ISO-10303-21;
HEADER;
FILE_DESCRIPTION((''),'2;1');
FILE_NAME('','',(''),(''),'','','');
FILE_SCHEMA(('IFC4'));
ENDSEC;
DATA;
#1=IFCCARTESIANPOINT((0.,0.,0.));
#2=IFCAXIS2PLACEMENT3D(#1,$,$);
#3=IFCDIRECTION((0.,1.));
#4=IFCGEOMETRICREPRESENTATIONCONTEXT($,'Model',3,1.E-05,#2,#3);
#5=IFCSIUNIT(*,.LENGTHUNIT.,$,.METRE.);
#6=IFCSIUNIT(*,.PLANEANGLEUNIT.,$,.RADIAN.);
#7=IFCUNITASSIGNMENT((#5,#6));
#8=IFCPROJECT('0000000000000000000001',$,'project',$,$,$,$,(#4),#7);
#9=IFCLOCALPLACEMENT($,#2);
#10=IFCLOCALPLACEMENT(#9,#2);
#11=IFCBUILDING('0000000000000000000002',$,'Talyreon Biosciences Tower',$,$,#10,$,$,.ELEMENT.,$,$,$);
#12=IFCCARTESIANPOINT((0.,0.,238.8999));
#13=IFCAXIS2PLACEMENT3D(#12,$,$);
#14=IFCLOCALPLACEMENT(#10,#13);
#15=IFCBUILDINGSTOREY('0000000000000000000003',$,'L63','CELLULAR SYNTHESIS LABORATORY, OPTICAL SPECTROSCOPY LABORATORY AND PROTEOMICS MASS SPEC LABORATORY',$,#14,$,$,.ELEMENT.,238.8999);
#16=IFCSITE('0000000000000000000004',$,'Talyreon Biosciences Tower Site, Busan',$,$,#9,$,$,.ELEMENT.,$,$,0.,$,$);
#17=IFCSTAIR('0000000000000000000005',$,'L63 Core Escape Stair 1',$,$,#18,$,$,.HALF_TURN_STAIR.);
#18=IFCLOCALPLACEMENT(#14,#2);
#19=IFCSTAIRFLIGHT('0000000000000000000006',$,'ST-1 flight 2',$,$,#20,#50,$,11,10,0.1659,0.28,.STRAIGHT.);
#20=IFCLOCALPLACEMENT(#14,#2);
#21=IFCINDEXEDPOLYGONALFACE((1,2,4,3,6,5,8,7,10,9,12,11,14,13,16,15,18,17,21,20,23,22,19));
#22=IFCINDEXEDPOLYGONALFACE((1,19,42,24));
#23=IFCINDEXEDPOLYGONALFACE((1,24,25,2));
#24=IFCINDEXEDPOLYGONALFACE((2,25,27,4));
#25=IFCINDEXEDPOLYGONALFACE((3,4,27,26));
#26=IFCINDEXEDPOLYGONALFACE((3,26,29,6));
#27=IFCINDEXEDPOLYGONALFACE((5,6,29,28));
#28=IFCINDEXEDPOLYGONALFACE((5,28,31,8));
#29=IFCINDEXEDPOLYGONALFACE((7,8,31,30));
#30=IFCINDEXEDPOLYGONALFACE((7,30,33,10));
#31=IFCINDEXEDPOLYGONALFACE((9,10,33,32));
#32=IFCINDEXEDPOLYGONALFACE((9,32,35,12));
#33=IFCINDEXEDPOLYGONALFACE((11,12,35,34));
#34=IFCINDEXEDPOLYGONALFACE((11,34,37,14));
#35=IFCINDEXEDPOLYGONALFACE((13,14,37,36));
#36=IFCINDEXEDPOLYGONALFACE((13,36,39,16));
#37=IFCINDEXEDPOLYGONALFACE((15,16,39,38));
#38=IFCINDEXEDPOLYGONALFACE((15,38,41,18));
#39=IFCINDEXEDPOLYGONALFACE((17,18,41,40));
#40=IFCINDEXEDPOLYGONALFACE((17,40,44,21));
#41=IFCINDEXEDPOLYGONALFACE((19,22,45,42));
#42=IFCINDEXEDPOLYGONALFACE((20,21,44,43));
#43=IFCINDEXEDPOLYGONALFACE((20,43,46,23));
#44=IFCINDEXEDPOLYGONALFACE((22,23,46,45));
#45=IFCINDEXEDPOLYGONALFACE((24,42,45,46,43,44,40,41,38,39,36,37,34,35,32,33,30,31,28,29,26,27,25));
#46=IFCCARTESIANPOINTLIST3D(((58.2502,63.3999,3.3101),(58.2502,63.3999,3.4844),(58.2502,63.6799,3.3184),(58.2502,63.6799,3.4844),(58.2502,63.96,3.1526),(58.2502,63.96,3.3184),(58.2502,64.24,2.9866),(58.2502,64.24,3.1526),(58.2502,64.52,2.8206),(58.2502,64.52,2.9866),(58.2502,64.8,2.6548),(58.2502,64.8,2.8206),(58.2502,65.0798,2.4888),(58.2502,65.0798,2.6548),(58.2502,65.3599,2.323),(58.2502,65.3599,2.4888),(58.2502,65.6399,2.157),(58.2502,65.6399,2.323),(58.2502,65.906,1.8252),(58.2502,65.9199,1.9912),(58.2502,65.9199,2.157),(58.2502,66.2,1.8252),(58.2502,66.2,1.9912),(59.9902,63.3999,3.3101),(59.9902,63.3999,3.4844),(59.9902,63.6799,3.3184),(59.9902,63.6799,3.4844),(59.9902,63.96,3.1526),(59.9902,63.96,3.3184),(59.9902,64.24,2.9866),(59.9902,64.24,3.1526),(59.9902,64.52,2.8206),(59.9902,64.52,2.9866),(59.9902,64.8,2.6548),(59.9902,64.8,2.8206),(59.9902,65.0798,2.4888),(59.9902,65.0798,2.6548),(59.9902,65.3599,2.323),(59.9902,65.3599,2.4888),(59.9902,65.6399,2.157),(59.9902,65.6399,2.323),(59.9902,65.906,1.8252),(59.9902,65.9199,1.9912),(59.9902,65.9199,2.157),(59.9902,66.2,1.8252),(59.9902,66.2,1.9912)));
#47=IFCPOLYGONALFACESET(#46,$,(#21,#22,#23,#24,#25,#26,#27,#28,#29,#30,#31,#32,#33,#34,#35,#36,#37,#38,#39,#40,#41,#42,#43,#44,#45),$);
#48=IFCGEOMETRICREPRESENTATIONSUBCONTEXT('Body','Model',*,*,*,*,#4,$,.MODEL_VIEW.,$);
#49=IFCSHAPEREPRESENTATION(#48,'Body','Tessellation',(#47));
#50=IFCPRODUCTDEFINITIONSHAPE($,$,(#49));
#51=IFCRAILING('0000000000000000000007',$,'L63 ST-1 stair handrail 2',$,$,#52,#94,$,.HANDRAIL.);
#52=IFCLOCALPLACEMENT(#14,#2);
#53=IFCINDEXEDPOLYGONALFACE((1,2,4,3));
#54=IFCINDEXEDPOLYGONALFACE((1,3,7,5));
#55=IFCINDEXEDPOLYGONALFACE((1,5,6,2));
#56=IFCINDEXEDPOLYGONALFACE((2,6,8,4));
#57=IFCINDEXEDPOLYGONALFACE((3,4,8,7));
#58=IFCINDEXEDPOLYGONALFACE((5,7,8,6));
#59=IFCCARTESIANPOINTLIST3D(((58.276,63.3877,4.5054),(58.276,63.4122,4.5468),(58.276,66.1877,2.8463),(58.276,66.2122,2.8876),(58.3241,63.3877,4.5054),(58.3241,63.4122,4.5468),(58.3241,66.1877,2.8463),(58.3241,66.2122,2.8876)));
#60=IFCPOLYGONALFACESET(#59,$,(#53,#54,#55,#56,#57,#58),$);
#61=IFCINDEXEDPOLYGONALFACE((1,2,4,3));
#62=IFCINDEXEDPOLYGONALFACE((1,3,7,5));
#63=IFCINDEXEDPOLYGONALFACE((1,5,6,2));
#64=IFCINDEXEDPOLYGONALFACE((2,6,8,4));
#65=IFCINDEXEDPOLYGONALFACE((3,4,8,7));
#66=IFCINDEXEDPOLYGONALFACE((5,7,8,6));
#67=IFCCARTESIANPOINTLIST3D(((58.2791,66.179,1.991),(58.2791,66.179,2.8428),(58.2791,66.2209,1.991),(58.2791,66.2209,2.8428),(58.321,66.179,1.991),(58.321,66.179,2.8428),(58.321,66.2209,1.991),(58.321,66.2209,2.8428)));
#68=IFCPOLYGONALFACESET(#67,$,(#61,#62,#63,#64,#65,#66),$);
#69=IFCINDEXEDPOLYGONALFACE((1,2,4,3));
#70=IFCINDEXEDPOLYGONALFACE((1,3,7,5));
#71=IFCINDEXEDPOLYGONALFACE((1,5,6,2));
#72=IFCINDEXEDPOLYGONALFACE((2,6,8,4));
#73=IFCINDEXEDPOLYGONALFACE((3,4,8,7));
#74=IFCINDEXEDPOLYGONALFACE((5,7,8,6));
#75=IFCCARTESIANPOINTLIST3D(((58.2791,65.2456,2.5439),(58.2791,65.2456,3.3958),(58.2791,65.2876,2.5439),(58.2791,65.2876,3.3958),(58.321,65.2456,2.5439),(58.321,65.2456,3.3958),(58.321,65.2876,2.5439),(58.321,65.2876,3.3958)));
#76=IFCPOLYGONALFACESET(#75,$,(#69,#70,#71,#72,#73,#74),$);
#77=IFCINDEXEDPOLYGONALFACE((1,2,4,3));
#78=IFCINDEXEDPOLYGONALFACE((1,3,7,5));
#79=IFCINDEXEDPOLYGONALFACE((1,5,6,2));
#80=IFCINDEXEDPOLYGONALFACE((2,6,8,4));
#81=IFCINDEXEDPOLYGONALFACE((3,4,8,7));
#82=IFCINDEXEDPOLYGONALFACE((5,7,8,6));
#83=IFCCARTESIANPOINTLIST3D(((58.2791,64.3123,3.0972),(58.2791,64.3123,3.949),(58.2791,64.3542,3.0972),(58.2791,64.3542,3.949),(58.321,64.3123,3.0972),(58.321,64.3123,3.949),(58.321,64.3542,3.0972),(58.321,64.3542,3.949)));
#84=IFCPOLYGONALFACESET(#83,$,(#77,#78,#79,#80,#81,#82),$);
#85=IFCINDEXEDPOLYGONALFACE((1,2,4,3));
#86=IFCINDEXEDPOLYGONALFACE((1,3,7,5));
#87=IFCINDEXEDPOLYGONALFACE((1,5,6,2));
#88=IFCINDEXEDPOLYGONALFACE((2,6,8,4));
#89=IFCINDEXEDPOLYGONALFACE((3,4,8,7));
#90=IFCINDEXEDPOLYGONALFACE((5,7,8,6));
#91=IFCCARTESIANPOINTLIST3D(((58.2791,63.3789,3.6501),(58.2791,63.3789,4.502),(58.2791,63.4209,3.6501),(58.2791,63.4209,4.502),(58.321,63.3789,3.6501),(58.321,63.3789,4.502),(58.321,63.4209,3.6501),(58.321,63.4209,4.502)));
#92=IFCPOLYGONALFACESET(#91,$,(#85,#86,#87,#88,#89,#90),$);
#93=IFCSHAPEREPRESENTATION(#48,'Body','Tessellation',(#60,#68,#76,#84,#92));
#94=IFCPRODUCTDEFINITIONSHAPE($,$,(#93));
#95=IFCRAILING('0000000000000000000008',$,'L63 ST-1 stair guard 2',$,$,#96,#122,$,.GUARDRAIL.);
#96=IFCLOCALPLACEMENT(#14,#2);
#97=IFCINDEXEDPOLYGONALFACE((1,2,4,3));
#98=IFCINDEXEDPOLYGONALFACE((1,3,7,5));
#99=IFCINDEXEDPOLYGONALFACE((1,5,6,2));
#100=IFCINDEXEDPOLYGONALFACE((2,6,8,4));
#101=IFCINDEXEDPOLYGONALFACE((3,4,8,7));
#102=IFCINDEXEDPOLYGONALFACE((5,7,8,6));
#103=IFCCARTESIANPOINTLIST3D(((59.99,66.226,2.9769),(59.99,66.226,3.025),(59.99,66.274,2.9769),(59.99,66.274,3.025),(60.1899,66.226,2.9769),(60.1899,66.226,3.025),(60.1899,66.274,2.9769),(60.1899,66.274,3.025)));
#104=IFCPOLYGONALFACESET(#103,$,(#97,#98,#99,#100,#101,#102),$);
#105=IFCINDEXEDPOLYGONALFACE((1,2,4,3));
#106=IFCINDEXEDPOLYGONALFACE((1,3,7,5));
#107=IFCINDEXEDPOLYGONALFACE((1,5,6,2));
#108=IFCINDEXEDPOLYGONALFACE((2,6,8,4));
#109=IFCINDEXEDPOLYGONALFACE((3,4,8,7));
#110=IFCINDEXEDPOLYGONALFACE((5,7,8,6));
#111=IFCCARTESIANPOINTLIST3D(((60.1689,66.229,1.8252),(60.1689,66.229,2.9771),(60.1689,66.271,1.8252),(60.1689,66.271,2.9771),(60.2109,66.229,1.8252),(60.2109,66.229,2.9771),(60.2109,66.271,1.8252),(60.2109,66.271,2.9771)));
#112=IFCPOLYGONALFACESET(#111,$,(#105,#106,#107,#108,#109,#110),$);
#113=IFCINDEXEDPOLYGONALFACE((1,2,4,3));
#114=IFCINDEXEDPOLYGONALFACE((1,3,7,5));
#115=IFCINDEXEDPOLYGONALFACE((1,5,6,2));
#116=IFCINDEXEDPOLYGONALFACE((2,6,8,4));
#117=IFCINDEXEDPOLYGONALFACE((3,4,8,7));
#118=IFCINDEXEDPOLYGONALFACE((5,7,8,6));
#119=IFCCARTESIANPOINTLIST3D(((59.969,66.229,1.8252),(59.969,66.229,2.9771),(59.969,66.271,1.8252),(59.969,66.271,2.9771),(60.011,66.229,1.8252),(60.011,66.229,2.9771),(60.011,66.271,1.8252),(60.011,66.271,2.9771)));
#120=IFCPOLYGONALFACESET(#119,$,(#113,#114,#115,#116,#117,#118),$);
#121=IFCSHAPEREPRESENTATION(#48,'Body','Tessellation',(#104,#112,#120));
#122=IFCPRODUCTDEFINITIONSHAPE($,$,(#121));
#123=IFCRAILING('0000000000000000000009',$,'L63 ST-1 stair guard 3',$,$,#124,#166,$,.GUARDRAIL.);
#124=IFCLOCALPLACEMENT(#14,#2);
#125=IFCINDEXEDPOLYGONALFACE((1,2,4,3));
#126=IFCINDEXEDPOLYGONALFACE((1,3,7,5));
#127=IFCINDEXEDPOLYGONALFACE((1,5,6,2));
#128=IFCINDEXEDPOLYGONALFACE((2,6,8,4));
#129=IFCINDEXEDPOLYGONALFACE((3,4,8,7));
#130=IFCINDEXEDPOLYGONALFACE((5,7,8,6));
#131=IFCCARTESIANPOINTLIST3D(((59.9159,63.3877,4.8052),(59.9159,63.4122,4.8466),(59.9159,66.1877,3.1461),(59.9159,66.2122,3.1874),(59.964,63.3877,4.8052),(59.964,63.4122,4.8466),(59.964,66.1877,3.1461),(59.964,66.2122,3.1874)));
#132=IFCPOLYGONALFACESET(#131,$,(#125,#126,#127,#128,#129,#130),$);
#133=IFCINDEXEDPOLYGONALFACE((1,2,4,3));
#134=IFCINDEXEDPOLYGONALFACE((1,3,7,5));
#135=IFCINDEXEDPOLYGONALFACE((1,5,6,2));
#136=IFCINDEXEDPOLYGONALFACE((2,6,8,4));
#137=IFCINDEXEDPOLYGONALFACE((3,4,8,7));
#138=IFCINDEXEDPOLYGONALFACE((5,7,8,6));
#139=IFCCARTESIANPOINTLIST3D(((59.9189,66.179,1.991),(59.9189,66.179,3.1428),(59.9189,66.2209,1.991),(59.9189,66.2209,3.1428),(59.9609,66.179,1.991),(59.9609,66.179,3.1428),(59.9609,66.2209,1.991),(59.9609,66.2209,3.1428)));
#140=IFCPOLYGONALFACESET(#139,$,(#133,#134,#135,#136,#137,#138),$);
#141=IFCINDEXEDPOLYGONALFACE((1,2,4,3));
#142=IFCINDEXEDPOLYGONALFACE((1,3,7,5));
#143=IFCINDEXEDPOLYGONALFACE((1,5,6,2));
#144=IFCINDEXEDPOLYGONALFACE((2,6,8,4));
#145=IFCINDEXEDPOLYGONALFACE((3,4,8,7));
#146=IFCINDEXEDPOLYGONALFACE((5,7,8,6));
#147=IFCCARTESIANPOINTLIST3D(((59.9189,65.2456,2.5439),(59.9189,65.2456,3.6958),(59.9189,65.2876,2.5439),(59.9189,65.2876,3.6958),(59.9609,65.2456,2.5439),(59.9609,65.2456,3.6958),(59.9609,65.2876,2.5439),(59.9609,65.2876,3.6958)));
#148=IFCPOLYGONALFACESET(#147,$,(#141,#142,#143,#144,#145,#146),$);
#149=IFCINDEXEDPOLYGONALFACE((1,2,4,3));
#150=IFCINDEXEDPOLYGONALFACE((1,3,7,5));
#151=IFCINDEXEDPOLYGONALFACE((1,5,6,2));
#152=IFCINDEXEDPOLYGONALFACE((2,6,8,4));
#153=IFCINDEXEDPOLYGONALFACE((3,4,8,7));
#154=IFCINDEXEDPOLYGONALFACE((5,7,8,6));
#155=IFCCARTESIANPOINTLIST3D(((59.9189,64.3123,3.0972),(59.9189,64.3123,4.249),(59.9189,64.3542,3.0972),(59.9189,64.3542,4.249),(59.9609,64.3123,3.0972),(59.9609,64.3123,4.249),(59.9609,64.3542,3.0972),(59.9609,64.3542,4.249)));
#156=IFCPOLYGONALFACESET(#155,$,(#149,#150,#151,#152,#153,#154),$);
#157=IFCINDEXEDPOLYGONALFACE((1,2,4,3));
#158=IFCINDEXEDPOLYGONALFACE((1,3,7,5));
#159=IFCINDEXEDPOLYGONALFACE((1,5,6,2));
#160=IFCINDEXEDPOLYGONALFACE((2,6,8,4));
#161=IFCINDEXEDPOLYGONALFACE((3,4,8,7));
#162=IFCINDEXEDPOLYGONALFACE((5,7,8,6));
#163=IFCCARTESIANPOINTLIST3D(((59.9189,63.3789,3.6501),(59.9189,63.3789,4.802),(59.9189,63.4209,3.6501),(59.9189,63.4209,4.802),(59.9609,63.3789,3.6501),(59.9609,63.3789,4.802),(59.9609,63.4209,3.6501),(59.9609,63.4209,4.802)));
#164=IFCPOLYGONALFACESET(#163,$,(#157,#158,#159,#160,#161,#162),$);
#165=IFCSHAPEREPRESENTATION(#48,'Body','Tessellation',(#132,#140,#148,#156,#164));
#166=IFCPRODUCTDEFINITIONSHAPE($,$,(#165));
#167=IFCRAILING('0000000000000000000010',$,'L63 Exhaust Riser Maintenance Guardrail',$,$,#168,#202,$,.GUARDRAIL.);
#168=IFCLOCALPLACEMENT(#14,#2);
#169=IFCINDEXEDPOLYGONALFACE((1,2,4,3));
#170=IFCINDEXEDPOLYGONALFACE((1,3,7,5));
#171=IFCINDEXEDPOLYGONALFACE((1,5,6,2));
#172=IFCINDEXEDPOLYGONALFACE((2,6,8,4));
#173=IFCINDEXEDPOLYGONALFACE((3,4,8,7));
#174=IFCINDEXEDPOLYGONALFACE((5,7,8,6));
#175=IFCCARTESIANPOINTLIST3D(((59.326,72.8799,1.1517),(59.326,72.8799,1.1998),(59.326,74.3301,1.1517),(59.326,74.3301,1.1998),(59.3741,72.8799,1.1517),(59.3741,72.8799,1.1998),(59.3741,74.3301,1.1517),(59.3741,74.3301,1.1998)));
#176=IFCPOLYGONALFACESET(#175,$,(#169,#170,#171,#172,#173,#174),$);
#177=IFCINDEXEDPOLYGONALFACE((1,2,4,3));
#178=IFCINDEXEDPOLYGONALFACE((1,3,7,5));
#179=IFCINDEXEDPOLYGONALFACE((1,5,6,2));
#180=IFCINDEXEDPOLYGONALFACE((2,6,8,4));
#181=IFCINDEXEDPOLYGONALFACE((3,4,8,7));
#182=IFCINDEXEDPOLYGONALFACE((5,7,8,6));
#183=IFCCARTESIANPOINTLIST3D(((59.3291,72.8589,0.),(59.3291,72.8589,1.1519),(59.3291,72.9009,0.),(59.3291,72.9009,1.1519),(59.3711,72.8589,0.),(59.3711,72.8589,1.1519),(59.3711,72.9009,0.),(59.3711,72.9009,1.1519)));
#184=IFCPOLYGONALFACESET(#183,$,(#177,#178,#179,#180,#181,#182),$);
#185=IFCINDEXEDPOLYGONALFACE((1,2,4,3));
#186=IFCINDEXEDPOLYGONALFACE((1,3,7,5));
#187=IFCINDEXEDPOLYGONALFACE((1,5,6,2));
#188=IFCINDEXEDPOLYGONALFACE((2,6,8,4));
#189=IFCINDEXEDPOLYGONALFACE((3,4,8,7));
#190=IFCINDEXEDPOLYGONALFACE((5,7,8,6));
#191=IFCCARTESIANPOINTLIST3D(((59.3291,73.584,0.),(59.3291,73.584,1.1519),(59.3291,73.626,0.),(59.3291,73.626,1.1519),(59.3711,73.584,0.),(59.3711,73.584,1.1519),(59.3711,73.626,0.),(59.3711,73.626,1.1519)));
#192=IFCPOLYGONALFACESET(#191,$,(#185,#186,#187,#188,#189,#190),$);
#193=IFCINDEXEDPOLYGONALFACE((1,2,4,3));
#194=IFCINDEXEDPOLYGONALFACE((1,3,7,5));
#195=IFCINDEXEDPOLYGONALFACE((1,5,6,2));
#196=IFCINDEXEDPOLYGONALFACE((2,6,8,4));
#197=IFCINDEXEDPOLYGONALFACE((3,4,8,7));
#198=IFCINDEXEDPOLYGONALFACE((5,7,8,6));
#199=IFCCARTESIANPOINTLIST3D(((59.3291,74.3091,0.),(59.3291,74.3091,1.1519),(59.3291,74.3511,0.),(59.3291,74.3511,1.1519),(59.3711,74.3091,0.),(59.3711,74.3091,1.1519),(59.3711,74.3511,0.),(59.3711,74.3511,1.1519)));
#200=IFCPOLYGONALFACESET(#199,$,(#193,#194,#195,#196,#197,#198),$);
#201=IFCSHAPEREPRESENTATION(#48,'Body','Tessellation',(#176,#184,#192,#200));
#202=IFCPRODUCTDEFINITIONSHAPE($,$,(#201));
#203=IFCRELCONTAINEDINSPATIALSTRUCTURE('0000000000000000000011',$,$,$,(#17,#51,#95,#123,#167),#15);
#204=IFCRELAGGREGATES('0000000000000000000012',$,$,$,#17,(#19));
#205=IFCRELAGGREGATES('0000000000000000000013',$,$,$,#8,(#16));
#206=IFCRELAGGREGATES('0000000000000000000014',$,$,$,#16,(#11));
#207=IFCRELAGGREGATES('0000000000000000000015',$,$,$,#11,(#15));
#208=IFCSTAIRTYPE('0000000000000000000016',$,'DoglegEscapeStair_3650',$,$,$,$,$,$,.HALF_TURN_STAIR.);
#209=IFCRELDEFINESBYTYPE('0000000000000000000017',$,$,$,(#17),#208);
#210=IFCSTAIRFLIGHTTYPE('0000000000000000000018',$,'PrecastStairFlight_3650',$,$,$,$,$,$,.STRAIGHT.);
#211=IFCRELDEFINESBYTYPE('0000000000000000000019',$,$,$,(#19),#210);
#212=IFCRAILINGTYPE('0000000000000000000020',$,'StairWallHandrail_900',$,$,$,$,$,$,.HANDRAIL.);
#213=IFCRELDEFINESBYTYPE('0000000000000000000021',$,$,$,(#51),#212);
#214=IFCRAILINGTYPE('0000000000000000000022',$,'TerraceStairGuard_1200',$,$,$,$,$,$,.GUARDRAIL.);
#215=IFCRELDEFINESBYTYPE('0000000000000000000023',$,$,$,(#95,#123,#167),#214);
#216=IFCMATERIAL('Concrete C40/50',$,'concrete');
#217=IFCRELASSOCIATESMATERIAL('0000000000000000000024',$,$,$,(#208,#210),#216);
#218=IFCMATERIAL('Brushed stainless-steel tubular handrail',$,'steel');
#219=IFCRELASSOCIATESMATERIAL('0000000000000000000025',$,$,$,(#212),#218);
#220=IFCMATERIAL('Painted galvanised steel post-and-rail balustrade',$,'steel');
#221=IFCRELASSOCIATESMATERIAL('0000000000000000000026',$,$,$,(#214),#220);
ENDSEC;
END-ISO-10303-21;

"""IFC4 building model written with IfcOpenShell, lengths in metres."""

from ifc_helpers import new_model, si_unit, direction, frame, origin, origin_2d, place, context, subcontext, project, spatial, polyline, rectangle, outline, extrude, material, type_object, element, aggregate, save


model = new_model("IFC4")

# Units and contexts
model_context = context("Model", 3, precision=1e-05, world=origin(), true_north=direction((0.0, 1.0)))
body_context = subcontext(model_context, "Body", "Model", "MODEL_VIEW")
ifc_project = project(units=[si_unit("LENGTHUNIT", "METRE"), si_unit("PLANEANGLEUNIT", "RADIAN")], contexts=[model_context])

# Site, building, storey
site_placement = place(None, origin())
site = spatial("IfcSite", under=ifc_project, at=site_placement, Name="Talyreon Biosciences Tower Site, Busan", CompositionType="ELEMENT", RefElevation=0.0)
building_placement = place(site_placement, origin())
building = spatial("IfcBuilding", under=site, at=building_placement, Name="Talyreon Biosciences Tower", CompositionType="ELEMENT")
storey_placement = place(building_placement, frame((0.0, 0.0, 238.8999)))
storey = spatial("IfcBuildingStorey", under=building, at=storey_placement, Name="L63", Description="CELLULAR SYNTHESIS LABORATORY, OPTICAL SPECTROSCOPY LABORATORY AND PROTEOMICS MASS SPEC LABORATORY", CompositionType="ELEMENT", Elevation=238.8999)

# Stair, stair flight
ifc_material_1 = material(Name="Concrete C40/50", Category="concrete")
stair_type = type_object("IfcStairType", Name="DoglegEscapeStair_3650", PredefinedType="HALF_TURN_STAIR", material=ifc_material_1)
stair_placement = place(storey_placement, origin())
stair = element("IfcStair", 1, at=stair_placement, inside=storey, type_object=stair_type, Name="L63 Core Escape Stair 1", PredefinedType="HALF_TURN_STAIR")
stair_flight_type = type_object("IfcStairFlightType", Name="PrecastStairFlight_3650", PredefinedType="STRAIGHT", material=ifc_material_1)
stair_flight_placement = place(storey_placement, frame((59.1201, 66.2, 1.8252), z_axis=(0.0, 0.0, 1.0), x_axis=(0.0, -1.0, 0.0)))
stair_flight = element("IfcStairFlight", 2, at=stair_flight_placement, type_object=stair_flight_type, Name="ST-1 flight 2", NumberOfRisers=11, NumberOfTreads=10, PredefinedType="STRAIGHT", RiserHeight=0.1659, TreadLength=0.28, context=body_context, shape_type="SweptSolid", body=[
    extrude(outline(polyline([(0.0, 0.0), (0.0, 0.166), (0.28, 0.166), (0.28, 0.3318), (0.5601, 0.3318), (0.5601, 0.4978), (0.8401, 0.4978), (0.8401, 0.6636), (1.1201, 0.6636), (1.1201, 0.8296), (1.3999, 0.8296), (1.3999, 0.9954), (1.6799, 0.9954), (1.6799, 1.1614), (1.96, 1.1614), (1.96, 1.3274), (2.24, 1.3274), (2.24, 1.4932), (2.52, 1.4932), (2.52, 1.6592), (2.8, 1.6592), (2.8, 1.825), (2.8, 1.4849), (0.2939, 0.0), (0.0, 0.0)])), frame((0.0, 0.8701, 0.0), z_axis=(0.0, -1.0, 0.0), x_axis=(1.0, 0.0, 0.0)), (0.0, 0.0, 1.0), 1.74),
])
aggregate(stair, [stair_flight])

# Railings
ifc_material_2 = material(Name="Brushed stainless-steel tubular handrail", Category="steel")
railing_type_1 = type_object("IfcRailingType", Name="StairWallHandrail_900", PredefinedType="HANDRAIL", material=ifc_material_2)
railing_1_placement = place(storey_placement, frame((58.3, 66.2, 1.991)))
element("IfcRailing", 3, at=railing_1_placement, inside=storey, type_object=railing_type_1, Name="L63 ST-1 stair handrail 2", PredefinedType="HANDRAIL", context=body_context, shape_type="SweptSolid", body=[
    extrude(rectangle(XDim=0.0481, YDim=0.0481, at=origin_2d()), frame((0.0, 0.0, 0.876), z_axis=(0.0, -0.860306, 0.509778), x_axis=(1.0, 0.0, 0.0)), (0.0, 0.0, 1.0), 3.2546),
    extrude(rectangle(XDim=0.042, YDim=0.042, at=origin_2d()), origin(), (0.0, 0.0, 1.0), 0.8518),
    extrude(rectangle(XDim=0.042, YDim=0.042, at=origin_2d()), frame((0.0, -0.9333, 0.553)), (0.0, 0.0, 1.0), 0.8518),
    extrude(rectangle(XDim=0.042, YDim=0.042, at=origin_2d()), frame((0.0, -1.8667, 1.1062)), (0.0, 0.0, 1.0), 0.8518),
    extrude(rectangle(XDim=0.042, YDim=0.042, at=origin_2d()), frame((0.0, -2.8, 1.6592)), (0.0, 0.0, 1.0), 0.8518),
])
ifc_material_3 = material(Name="Painted galvanised steel post-and-rail balustrade", Category="steel")
railing_type_2 = type_object("IfcRailingType", Name="TerraceStairGuard_1200", PredefinedType="GUARDRAIL", material=ifc_material_3)
railing_2_placement = place(storey_placement, frame((60.1899, 66.25, 1.8252)))
element("IfcRailing", 4, at=railing_2_placement, inside=storey, type_object=railing_type_2, Name="L63 ST-1 stair guard 2", PredefinedType="GUARDRAIL", context=body_context, shape_type="SweptSolid", body=[
    extrude(rectangle(XDim=0.0481, YDim=0.0481, at=origin_2d()), frame((0.0, 0.0, 1.1758), z_axis=(-1.0, 0.0, 0.0), x_axis=(0.0, -1.0, 0.0)), (0.0, 0.0, 1.0), 0.2),
    extrude(rectangle(XDim=0.042, YDim=0.042, at=origin_2d()), origin(), (0.0, 0.0, 1.0), 1.1519),
    extrude(rectangle(XDim=0.042, YDim=0.042, at=origin_2d()), frame((-0.2, 0.0, 0.0)), (0.0, 0.0, 1.0), 1.1519),
])
railing_3_placement = place(storey_placement, frame((59.9399, 66.2, 1.991)))
element("IfcRailing", 5, at=railing_3_placement, inside=storey, type_object=railing_type_2, Name="L63 ST-1 stair guard 3", PredefinedType="GUARDRAIL", context=body_context, shape_type="SweptSolid", body=[
    extrude(rectangle(XDim=0.0481, YDim=0.0481, at=origin_2d()), frame((0.0, 0.0, 1.1758), z_axis=(0.0, -0.860306, 0.509778), x_axis=(1.0, 0.0, 0.0)), (0.0, 0.0, 1.0), 3.2546),
    extrude(rectangle(XDim=0.042, YDim=0.042, at=origin_2d()), origin(), (0.0, 0.0, 1.0), 1.1519),
    extrude(rectangle(XDim=0.042, YDim=0.042, at=origin_2d()), frame((0.0, -0.9333, 0.553)), (0.0, 0.0, 1.0), 1.1519),
    extrude(rectangle(XDim=0.042, YDim=0.042, at=origin_2d()), frame((0.0, -1.8667, 1.1062)), (0.0, 0.0, 1.0), 1.1519),
    extrude(rectangle(XDim=0.042, YDim=0.042, at=origin_2d()), frame((0.0, -2.8, 1.6592)), (0.0, 0.0, 1.0), 1.1519),
])
railing_4_placement = place(storey_placement, frame((59.3501, 72.8799, 0.0)))
element("IfcRailing", 6, at=railing_4_placement, inside=storey, type_object=railing_type_2, Name="L63 Exhaust Riser Maintenance Guardrail", PredefinedType="GUARDRAIL", context=body_context, shape_type="SweptSolid", body=[
    extrude(rectangle(XDim=0.0481, YDim=0.0481, at=origin_2d()), frame((0.0, 0.0, 1.1758), z_axis=(0.0, 1.0, 0.0), x_axis=(-1.0, 0.0, 0.0)), (0.0, 0.0, 1.0), 1.4502),
    extrude(rectangle(XDim=0.042, YDim=0.042, at=origin_2d()), origin(), (0.0, 0.0, 1.0), 1.1519),
    extrude(rectangle(XDim=0.042, YDim=0.042, at=origin_2d()), frame((0.0, 0.7251, 0.0)), (0.0, 0.0, 1.0), 1.1519),
    extrude(rectangle(XDim=0.042, YDim=0.042, at=origin_2d()), frame((0.0, 1.4502, 0.0)), (0.0, 0.0, 1.0), 1.1519),
])

save(model, "model.ifc")
